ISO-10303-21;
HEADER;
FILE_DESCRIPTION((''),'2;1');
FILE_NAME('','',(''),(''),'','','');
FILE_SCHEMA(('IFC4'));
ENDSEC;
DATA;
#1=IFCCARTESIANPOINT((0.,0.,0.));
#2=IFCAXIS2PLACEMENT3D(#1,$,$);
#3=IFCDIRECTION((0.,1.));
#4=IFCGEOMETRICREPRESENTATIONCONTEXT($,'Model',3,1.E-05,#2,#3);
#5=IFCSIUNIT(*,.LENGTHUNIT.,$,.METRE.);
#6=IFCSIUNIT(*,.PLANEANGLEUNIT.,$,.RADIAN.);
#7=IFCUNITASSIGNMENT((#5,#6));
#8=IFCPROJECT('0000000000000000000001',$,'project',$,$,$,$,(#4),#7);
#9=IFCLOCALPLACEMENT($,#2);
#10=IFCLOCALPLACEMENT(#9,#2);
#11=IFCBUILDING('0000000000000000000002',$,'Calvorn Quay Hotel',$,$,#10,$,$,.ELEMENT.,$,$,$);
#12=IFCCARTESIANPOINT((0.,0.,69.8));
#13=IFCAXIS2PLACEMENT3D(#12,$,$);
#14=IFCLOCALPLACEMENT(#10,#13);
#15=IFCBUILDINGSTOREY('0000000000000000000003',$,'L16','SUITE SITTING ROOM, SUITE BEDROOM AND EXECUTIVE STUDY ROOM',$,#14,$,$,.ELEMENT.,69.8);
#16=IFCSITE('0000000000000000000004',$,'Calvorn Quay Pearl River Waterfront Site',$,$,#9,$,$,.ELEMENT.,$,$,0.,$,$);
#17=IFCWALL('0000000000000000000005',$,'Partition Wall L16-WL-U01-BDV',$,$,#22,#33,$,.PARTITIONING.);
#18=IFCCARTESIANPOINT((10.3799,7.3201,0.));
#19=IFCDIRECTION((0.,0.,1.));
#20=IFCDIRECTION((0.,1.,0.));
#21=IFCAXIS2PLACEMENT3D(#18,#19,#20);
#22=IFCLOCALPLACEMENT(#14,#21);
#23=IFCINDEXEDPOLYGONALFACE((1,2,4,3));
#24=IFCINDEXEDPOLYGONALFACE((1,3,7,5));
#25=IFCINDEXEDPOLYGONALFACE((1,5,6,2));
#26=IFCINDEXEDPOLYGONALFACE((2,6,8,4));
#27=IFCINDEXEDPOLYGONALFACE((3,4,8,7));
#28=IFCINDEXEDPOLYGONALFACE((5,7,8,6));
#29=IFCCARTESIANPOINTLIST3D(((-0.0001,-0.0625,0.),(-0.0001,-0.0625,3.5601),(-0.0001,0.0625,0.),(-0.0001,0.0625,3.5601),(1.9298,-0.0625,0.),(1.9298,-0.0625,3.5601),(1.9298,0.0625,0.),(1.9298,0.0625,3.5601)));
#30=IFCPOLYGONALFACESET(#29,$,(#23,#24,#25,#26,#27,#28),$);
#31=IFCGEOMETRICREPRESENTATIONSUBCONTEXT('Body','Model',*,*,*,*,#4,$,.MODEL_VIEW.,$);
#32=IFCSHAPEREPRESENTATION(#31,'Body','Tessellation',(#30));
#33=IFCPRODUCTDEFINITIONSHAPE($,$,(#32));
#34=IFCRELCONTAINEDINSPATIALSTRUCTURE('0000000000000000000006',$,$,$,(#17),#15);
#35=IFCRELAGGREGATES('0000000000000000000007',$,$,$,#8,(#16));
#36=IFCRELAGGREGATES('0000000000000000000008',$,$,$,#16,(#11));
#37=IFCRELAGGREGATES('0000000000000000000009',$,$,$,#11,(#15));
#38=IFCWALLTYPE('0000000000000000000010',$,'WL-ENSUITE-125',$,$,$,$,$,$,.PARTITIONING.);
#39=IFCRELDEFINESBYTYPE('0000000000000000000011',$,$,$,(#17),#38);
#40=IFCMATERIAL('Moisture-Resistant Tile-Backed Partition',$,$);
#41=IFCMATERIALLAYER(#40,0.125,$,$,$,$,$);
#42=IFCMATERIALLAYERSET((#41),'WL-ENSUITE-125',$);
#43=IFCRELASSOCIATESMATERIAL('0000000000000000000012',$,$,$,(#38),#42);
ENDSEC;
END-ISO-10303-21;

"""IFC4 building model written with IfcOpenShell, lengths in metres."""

from ifc_helpers import new_model, si_unit, direction, frame, frame_2d, origin, place, context, subcontext, project, spatial, rectangle, extrude, material, layer, layer_set, type_object, element, save


model = new_model("IFC4")

# Units and contexts
model_context = context("Model", 3, precision=1e-05, world=origin(), true_north=direction((0.0, 1.0)))
body_context = subcontext(model_context, "Body", "Model", "MODEL_VIEW")
ifc_project = project(units=[si_unit("LENGTHUNIT", "METRE"), si_unit("PLANEANGLEUNIT", "RADIAN")], contexts=[model_context])

# Site, building, storey
site_placement = place(None, origin())
site = spatial("IfcSite", under=ifc_project, at=site_placement, Name="Calvorn Quay Pearl River Waterfront Site", CompositionType="ELEMENT", RefElevation=0.0)
building_placement = place(site_placement, origin())
building = spatial("IfcBuilding", under=site, at=building_placement, Name="Calvorn Quay Hotel", CompositionType="ELEMENT")
storey_placement = place(building_placement, frame((0.0, 0.0, 69.8)))
storey = spatial("IfcBuildingStorey", under=building, at=storey_placement, Name="L16", Description="SUITE SITTING ROOM, SUITE BEDROOM AND EXECUTIVE STUDY ROOM", CompositionType="ELEMENT", Elevation=69.8)

# Wall
ifc_material_1 = material(Name="Moisture-Resistant Tile-Backed Partition")
ifc_layer_1 = layer(ifc_material_1, 0.125)
ifc_layer_set_1 = layer_set([ifc_layer_1], Name="WL-ENSUITE-125")
wall_type_1 = type_object("IfcWallType", Name="WL-ENSUITE-125", PredefinedType="PARTITIONING", material=ifc_layer_set_1)
wall_1_placement = place(storey_placement, frame((10.3799, 7.3201, 0.0), z_axis=(0.0, 0.0, 1.0), x_axis=(0.0, 1.0, 0.0)))
element("IfcWall", 1, at=wall_1_placement, inside=storey, type_object=wall_type_1, Name="Partition Wall L16-WL-U01-BDV", PredefinedType="PARTITIONING", context=body_context, shape_type="SweptSolid", body=[
    extrude(rectangle(XDim=1.9299, YDim=0.125, at=frame_2d((0.9648, 0.0))), origin(), (0.0, 0.0, 1.0), 3.5601),
])

save(model, "model.ifc")
